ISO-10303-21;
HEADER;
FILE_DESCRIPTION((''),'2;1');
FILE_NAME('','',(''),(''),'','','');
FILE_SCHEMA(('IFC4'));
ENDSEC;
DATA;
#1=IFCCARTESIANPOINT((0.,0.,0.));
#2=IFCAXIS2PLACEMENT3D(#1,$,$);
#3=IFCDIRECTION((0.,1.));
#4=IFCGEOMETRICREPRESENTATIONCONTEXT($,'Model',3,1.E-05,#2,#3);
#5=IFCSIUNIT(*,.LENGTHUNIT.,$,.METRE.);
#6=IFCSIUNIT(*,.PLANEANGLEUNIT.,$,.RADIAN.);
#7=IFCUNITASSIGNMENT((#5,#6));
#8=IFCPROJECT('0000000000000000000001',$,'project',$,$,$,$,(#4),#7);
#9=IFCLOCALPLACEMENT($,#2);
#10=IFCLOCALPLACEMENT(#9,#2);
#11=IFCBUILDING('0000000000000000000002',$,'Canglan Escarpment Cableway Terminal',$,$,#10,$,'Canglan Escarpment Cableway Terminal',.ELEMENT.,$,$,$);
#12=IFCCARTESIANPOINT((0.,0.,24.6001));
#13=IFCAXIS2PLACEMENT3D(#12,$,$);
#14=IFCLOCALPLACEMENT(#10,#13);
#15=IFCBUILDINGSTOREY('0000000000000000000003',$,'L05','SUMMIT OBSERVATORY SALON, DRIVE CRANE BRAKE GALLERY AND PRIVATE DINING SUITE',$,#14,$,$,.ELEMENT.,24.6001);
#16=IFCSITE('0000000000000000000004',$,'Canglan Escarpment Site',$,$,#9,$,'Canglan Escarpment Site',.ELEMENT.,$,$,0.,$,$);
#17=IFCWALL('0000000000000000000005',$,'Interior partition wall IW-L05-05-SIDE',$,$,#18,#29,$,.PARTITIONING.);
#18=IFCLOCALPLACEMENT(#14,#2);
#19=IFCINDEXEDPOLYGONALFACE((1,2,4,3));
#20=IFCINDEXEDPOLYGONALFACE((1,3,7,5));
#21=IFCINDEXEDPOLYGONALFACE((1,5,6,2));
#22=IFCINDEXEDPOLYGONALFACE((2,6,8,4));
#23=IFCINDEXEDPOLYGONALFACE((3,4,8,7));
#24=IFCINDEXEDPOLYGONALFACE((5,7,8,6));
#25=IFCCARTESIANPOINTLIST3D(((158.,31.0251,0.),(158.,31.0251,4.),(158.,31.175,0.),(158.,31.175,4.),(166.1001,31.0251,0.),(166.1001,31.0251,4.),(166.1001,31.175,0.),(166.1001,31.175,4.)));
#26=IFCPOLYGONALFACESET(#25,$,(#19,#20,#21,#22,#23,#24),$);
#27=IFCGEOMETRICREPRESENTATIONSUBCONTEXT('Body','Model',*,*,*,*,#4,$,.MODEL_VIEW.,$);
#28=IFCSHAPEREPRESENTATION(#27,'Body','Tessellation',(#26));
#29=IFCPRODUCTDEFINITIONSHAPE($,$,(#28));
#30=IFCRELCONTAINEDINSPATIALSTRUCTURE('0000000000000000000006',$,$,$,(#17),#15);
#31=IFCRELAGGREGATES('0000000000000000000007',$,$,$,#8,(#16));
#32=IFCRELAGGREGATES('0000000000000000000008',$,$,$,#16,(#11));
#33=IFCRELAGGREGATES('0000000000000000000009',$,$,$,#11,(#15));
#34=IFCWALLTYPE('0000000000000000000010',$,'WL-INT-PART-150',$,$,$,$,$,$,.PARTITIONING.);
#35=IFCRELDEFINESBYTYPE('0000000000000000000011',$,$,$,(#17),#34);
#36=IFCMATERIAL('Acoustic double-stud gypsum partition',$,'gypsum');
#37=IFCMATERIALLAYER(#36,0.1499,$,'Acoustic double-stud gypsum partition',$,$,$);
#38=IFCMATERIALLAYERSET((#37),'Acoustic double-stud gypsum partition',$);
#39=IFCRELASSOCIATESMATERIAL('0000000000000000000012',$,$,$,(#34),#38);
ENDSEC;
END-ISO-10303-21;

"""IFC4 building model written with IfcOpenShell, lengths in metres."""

from ifc_helpers import new_model, si_unit, direction, frame, frame_2d, origin, place, context, subcontext, project, spatial, rectangle, extrude, material, layer, layer_set, type_object, element, save


model = new_model("IFC4")

# Units and contexts
model_context = context("Model", 3, precision=1e-05, world=origin(), true_north=direction((0.0, 1.0)))
body_context = subcontext(model_context, "Body", "Model", "MODEL_VIEW")
ifc_project = project(units=[si_unit("LENGTHUNIT", "METRE"), si_unit("PLANEANGLEUNIT", "RADIAN")], contexts=[model_context])

# Site, building, storey
site_placement = place(None, origin())
site = spatial("IfcSite", under=ifc_project, at=site_placement, Name="Canglan Escarpment Site", LongName="Canglan Escarpment Site", CompositionType="ELEMENT", RefElevation=0.0)
building_placement = place(site_placement, origin())
building = spatial("IfcBuilding", under=site, at=building_placement, Name="Canglan Escarpment Cableway Terminal", LongName="Canglan Escarpment Cableway Terminal", CompositionType="ELEMENT")
storey_placement = place(building_placement, frame((0.0, 0.0, 24.6001)))
storey = spatial("IfcBuildingStorey", under=building, at=storey_placement, Name="L05", Description="SUMMIT OBSERVATORY SALON, DRIVE CRANE BRAKE GALLERY AND PRIVATE DINING SUITE", CompositionType="ELEMENT", Elevation=24.6001)

# Shared definitions
ifc_material_1 = material(Name="Acoustic double-stud gypsum partition", Category="gypsum")
ifc_layer_1 = layer(ifc_material_1, 0.1499, Name="Acoustic double-stud gypsum partition")
ifc_layer_set_1 = layer_set([ifc_layer_1], Name="Acoustic double-stud gypsum partition")
wall_type = type_object("IfcWallType", Name="WL-INT-PART-150", PredefinedType="PARTITIONING", material=ifc_layer_set_1)

# Wall
wall_1_placement = place(storey_placement, frame((158.0, 31.1001, 0.0), z_axis=(0.0, 0.0, 1.0), x_axis=(1.0, 0.0, 0.0)))
element("IfcWall", 1, at=wall_1_placement, inside=storey, type_object=wall_type, Name="Interior partition wall IW-L05-05-SIDE", PredefinedType="PARTITIONING", context=body_context, shape_type="SweptSolid", body=[
    extrude(rectangle(XDim=8.1001, YDim=0.1499, at=frame_2d((4.05, 0.0))), origin(), (0.0, 0.0, 1.0), 4.0),
])

save(model, "model.ifc")
